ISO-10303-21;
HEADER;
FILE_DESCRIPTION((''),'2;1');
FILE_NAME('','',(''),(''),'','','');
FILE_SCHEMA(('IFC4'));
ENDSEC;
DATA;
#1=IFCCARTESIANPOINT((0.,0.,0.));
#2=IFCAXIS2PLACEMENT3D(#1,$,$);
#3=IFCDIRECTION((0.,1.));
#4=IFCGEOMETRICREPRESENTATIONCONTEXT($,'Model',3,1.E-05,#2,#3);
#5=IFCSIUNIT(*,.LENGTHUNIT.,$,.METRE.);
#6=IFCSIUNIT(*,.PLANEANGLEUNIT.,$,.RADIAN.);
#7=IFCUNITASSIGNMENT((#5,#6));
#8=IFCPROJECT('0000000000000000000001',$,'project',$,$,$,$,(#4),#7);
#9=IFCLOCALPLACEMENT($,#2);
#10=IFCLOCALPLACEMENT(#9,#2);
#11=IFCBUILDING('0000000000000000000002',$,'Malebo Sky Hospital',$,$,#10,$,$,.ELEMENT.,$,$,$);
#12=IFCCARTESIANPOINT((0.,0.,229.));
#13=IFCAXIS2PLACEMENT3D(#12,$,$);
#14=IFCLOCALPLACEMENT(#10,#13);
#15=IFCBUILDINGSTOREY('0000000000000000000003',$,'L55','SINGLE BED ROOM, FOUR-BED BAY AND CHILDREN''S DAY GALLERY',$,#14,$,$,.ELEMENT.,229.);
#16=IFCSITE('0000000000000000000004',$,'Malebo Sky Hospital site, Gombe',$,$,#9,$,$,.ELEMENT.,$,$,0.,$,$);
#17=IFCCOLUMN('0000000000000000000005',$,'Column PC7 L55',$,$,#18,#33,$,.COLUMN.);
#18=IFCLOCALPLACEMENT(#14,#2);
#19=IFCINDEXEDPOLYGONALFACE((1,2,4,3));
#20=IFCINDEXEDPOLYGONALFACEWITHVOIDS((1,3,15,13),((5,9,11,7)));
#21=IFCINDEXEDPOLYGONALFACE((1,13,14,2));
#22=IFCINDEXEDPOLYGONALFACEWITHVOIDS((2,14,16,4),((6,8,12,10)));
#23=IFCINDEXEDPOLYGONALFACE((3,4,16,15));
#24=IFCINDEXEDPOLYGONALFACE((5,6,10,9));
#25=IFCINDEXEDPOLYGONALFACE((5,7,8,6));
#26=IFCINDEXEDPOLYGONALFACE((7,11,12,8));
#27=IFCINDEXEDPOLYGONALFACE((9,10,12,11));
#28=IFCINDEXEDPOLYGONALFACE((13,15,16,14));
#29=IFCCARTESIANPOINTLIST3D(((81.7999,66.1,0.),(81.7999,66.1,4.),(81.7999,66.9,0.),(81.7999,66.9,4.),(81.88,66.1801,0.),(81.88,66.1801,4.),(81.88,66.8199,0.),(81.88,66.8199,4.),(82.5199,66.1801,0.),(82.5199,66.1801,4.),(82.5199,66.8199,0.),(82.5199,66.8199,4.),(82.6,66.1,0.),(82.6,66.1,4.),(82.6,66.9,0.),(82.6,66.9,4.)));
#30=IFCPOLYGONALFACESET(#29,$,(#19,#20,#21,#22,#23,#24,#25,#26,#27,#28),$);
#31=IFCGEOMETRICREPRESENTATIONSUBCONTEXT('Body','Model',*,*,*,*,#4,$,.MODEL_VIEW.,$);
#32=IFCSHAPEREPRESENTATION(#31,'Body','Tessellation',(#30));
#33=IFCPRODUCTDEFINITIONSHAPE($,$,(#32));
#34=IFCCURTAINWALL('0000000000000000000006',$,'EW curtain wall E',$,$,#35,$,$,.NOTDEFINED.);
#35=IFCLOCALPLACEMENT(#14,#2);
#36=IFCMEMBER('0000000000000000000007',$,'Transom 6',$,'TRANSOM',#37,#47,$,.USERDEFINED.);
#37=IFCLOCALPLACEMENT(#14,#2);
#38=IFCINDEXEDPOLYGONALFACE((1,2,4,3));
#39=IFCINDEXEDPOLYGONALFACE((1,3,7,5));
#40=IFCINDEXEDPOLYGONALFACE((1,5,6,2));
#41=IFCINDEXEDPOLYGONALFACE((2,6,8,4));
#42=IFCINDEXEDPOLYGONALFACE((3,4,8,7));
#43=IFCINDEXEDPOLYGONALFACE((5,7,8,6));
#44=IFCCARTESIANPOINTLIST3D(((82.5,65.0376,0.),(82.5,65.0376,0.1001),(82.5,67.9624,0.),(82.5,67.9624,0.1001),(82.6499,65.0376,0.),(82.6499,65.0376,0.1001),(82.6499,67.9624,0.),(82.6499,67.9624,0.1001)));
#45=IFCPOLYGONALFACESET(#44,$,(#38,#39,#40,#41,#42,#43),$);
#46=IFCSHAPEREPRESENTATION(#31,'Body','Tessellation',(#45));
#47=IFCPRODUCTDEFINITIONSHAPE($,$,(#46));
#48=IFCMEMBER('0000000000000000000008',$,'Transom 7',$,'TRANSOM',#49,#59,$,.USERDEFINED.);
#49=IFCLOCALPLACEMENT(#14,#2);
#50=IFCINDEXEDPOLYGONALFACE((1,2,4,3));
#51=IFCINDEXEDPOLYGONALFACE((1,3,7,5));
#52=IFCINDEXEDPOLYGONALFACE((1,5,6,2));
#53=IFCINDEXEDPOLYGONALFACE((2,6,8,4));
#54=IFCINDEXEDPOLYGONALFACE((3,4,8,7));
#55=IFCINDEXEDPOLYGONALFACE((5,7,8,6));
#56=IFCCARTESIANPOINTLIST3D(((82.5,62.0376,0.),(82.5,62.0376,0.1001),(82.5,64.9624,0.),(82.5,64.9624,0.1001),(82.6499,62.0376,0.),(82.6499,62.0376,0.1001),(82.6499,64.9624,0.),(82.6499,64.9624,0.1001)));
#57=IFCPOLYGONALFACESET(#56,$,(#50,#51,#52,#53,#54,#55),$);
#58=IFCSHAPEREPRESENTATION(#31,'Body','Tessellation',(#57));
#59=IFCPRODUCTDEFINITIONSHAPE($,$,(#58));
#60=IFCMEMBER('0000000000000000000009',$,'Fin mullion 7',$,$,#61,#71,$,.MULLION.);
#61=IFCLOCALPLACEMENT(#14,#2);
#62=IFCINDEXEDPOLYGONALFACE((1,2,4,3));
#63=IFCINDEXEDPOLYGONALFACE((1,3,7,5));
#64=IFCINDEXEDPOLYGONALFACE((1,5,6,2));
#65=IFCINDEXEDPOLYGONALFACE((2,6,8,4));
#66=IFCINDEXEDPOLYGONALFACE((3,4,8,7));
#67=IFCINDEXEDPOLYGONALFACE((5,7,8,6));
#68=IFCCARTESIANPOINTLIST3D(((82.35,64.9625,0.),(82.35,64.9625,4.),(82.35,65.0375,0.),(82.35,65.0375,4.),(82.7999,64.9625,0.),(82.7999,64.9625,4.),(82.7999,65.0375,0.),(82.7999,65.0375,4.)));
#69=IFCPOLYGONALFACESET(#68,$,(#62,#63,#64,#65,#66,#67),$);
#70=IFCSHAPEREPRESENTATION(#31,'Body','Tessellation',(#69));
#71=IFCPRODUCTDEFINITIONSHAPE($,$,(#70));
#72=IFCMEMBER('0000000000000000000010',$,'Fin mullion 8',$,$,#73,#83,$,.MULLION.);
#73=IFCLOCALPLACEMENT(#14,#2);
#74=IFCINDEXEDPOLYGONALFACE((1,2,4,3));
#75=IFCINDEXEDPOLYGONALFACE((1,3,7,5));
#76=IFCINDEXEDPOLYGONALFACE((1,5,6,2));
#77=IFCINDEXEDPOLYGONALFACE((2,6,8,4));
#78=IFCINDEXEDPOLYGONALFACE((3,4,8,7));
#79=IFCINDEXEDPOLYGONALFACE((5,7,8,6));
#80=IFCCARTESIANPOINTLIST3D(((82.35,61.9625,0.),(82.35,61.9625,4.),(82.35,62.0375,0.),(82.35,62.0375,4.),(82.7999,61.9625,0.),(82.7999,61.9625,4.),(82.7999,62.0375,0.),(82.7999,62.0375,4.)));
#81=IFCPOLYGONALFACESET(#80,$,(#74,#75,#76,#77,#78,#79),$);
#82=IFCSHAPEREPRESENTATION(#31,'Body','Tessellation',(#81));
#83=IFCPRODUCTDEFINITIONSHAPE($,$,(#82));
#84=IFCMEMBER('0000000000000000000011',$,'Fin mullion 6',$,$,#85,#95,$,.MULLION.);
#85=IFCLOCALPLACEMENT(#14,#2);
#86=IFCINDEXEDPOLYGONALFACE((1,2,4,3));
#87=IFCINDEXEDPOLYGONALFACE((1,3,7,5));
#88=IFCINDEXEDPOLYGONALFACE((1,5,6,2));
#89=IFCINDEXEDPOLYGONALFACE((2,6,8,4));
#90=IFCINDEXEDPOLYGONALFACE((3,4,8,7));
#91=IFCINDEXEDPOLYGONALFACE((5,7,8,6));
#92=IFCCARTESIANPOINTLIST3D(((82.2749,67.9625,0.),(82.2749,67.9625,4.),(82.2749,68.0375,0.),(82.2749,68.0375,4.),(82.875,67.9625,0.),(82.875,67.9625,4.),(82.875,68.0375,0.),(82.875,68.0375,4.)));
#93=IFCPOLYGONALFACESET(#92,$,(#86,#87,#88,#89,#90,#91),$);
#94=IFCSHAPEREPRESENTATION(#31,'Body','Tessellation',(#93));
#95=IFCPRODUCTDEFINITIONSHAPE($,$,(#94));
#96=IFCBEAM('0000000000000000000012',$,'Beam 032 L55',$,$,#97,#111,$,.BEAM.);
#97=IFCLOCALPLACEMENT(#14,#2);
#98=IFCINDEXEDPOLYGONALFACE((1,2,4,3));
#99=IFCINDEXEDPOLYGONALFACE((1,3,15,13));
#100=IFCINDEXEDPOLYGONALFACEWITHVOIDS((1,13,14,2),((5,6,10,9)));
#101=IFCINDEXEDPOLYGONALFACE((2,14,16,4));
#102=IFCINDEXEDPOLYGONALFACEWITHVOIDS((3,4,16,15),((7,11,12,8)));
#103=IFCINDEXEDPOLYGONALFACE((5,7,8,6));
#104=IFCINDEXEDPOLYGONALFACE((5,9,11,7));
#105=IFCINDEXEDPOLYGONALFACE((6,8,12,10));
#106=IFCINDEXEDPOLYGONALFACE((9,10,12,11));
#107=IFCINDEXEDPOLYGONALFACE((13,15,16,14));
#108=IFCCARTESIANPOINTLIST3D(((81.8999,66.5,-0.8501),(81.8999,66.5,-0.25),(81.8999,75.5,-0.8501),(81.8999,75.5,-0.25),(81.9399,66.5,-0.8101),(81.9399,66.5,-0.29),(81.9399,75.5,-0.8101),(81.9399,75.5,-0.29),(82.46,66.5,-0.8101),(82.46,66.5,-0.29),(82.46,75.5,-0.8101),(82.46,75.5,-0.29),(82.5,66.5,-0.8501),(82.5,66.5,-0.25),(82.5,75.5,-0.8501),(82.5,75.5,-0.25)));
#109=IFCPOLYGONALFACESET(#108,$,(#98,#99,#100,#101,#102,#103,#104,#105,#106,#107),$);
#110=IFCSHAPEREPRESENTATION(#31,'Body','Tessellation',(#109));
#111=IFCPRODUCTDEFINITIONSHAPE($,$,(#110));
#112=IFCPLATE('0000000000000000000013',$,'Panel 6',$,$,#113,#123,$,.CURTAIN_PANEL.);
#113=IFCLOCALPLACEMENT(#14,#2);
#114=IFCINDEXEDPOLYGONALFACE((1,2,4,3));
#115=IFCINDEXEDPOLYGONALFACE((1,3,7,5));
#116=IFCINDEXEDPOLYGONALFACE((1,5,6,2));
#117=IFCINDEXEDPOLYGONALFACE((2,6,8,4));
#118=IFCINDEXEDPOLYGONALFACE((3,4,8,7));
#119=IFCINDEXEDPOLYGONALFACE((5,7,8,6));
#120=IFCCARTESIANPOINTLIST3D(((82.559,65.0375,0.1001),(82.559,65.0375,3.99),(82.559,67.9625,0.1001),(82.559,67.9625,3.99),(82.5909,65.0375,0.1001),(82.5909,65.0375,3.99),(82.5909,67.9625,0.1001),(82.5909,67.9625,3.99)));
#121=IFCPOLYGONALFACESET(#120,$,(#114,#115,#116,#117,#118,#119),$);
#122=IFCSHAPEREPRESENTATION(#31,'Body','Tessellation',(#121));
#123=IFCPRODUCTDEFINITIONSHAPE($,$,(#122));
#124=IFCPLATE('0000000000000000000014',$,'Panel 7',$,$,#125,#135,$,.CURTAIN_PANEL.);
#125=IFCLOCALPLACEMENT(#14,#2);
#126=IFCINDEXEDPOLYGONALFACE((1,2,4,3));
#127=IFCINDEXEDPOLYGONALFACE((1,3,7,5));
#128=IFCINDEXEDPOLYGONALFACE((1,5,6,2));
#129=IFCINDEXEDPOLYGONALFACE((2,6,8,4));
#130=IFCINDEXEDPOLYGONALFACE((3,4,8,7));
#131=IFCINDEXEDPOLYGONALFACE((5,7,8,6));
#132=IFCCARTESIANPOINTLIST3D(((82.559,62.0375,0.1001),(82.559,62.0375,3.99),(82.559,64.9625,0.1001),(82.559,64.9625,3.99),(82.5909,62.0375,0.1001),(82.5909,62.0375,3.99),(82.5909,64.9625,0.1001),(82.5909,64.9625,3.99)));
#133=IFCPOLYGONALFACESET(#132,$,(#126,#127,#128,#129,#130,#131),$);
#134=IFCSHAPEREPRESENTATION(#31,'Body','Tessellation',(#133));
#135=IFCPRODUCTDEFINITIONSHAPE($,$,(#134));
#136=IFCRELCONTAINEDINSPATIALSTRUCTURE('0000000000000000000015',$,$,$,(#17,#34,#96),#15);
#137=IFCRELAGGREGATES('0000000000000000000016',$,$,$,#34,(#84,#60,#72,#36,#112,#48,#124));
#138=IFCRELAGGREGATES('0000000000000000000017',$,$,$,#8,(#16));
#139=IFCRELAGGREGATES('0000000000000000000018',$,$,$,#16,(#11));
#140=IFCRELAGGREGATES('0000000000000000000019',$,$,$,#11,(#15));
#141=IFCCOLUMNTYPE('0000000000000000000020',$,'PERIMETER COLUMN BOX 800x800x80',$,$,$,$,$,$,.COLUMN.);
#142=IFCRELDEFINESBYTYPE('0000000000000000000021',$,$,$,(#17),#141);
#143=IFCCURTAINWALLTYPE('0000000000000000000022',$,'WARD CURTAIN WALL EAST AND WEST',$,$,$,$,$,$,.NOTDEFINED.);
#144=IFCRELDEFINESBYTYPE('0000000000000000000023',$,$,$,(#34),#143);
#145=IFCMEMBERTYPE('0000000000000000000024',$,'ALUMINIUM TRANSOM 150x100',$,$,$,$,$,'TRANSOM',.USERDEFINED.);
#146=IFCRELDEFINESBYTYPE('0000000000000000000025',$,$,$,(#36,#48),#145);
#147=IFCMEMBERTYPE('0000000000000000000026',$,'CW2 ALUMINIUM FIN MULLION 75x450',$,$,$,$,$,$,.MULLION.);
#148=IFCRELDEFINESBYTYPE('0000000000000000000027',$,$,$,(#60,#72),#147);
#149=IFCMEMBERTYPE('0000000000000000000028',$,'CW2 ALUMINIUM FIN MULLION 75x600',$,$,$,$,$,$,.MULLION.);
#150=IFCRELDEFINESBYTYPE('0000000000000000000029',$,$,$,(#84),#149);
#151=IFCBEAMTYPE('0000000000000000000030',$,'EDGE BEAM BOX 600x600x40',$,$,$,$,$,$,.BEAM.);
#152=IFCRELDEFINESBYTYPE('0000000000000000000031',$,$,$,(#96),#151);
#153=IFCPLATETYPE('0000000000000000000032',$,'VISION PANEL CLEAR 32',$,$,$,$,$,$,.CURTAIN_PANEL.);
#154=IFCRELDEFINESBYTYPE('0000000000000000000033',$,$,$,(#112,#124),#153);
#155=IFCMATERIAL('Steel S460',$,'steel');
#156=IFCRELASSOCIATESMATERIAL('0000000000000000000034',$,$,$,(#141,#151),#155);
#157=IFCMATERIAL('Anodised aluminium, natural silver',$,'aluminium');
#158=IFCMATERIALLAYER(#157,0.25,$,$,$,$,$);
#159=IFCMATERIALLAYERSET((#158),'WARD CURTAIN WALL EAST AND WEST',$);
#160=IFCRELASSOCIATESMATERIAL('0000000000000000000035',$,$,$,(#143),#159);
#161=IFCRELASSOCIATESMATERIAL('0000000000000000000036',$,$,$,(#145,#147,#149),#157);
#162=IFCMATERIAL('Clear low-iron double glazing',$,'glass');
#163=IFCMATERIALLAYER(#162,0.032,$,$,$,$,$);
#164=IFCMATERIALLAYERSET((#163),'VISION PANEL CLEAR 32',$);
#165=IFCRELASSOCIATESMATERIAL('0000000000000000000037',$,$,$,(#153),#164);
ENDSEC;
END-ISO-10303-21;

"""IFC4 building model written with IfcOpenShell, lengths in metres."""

from ifc_helpers import new_model, si_unit, direction, frame, origin, origin_2d, place, context, subcontext, project, spatial, rectangle, hollow_rectangle, extrude, material, layer, layer_set, material_profile, profile_set, type_object, element, aggregate, save


model = new_model("IFC4")

# Units and contexts
model_context = context("Model", 3, precision=1e-05, world=origin(), true_north=direction((0.0, 1.0)))
body_context = subcontext(model_context, "Body", "Model", "MODEL_VIEW")
ifc_project = project(units=[si_unit("LENGTHUNIT", "METRE"), si_unit("PLANEANGLEUNIT", "RADIAN")], contexts=[model_context])

# Site, building, storey
site_placement = place(None, origin())
site = spatial("IfcSite", under=ifc_project, at=site_placement, Name="Malebo Sky Hospital site, Gombe", CompositionType="ELEMENT", RefElevation=0.0)
building_placement = place(site_placement, origin())
building = spatial("IfcBuilding", under=site, at=building_placement, Name="Malebo Sky Hospital", CompositionType="ELEMENT")
storey_placement = place(building_placement, frame((0.0, 0.0, 229.0)))
storey = spatial("IfcBuildingStorey", under=building, at=storey_placement, Name="L55", Description="SINGLE BED ROOM, FOUR-BED BAY AND CHILDREN'S DAY GALLERY", CompositionType="ELEMENT", Elevation=229.0)

# Column
ifc_material_1 = material(Name="Steel S460", Category="steel")
ifc_material_profile_1 = material_profile(ifc_material_1, hollow_rectangle(XDim=0.8, YDim=0.8, WallThickness=0.0801, at=origin_2d()), Name="BOX 800x800x80")
ifc_profile_set_1 = profile_set([ifc_material_profile_1], Name="Steel S460")
column_type = type_object("IfcColumnType", Name="PERIMETER COLUMN BOX 800x800x80", PredefinedType="COLUMN", material=ifc_profile_set_1)
column_placement = place(storey_placement, frame((82.2, 66.5, 0.0), z_axis=(0.0, 0.0, 1.0), x_axis=(1.0, 0.0, 0.0)))
element("IfcColumn", 1, at=column_placement, inside=storey, type_object=column_type, Name="Column PC7 L55", PredefinedType="COLUMN", context=body_context, shape_type="SweptSolid", body=[
    extrude(hollow_rectangle(XDim=0.8, YDim=0.8, WallThickness=0.0801, at=origin_2d()), origin(), (0.0, 0.0, 1.0), 4.0),
])

# Curtain wall, members
ifc_material_2 = material(Name="Anodised aluminium, natural silver", Category="aluminium")
ifc_layer_1 = layer(ifc_material_2, 0.25)
ifc_layer_set_1 = layer_set([ifc_layer_1], Name="WARD CURTAIN WALL EAST AND WEST")
curtain_wall_type = type_object("IfcCurtainWallType", Name="WARD CURTAIN WALL EAST AND WEST", PredefinedType="NOTDEFINED", material=ifc_layer_set_1)
curtain_wall_placement = place(storey_placement, origin())
curtain_wall = element("IfcCurtainWall", 2, at=curtain_wall_placement, inside=storey, type_object=curtain_wall_type, Name="EW curtain wall E", PredefinedType="NOTDEFINED")
ifc_material_profile_2 = material_profile(ifc_material_2, rectangle(XDim=0.1499, YDim=0.1001, at=origin_2d()), Name="ALUMINIUM TRANSOM 150x100")
ifc_profile_set_2 = profile_set([ifc_material_profile_2], Name="Anodised aluminium, natural silver")
member_type_1 = type_object("IfcMemberType", Name="ALUMINIUM TRANSOM 150x100", ElementType="TRANSOM", PredefinedType="USERDEFINED", material=ifc_profile_set_2)
member_1_placement = place(storey_placement, frame((82.575, 67.9624, 0.05), z_axis=(0.0, -1.0, 0.0), x_axis=(1.0, 0.0, 0.0)))
member_1 = element("IfcMember", 3, at=member_1_placement, type_object=member_type_1, Name="Transom 6", ObjectType="TRANSOM", PredefinedType="USERDEFINED", context=body_context, shape_type="SweptSolid", body=[
    extrude(rectangle(XDim=0.1499, YDim=0.1001, at=origin_2d()), origin(), (0.0, 0.0, 1.0), 2.9248),
])
member_2_placement = place(storey_placement, frame((82.575, 64.9624, 0.05), z_axis=(0.0, -1.0, 0.0), x_axis=(1.0, 0.0, 0.0)))
member_2 = element("IfcMember", 4, at=member_2_placement, type_object=member_type_1, Name="Transom 7", ObjectType="TRANSOM", PredefinedType="USERDEFINED", context=body_context, shape_type="SweptSolid", body=[
    extrude(rectangle(XDim=0.1499, YDim=0.1001, at=origin_2d()), origin(), (0.0, 0.0, 1.0), 2.9248),
])
ifc_material_profile_3 = material_profile(ifc_material_2, rectangle(XDim=0.075, YDim=0.45, at=origin_2d()), Name="CW2 ALUMINIUM FIN MULLION 75x450")
ifc_profile_set_3 = profile_set([ifc_material_profile_3], Name="Anodised aluminium, natural silver")
member_type_2 = type_object("IfcMemberType", Name="CW2 ALUMINIUM FIN MULLION 75x450", PredefinedType="MULLION", material=ifc_profile_set_3)
member_3_placement = place(storey_placement, frame((82.575, 65.0, 0.0), z_axis=(0.0, 0.0, 1.0), x_axis=(0.0, -1.0, 0.0)))
member_3 = element("IfcMember", 5, at=member_3_placement, type_object=member_type_2, Name="Fin mullion 7", PredefinedType="MULLION", context=body_context, shape_type="SweptSolid", body=[
    extrude(rectangle(XDim=0.075, YDim=0.45, at=origin_2d()), origin(), (0.0, 0.0, 1.0), 4.0),
])
member_4_placement = place(storey_placement, frame((82.575, 62.0, 0.0), z_axis=(0.0, 0.0, 1.0), x_axis=(0.0, -1.0, 0.0)))
member_4 = element("IfcMember", 6, at=member_4_placement, type_object=member_type_2, Name="Fin mullion 8", PredefinedType="MULLION", context=body_context, shape_type="SweptSolid", body=[
    extrude(rectangle(XDim=0.075, YDim=0.45, at=origin_2d()), origin(), (0.0, 0.0, 1.0), 4.0),
])
ifc_material_profile_4 = material_profile(ifc_material_2, rectangle(XDim=0.075, YDim=0.6001, at=origin_2d()), Name="CW2 ALUMINIUM FIN MULLION 75x600")
ifc_profile_set_4 = profile_set([ifc_material_profile_4], Name="Anodised aluminium, natural silver")
member_type_3 = type_object("IfcMemberType", Name="CW2 ALUMINIUM FIN MULLION 75x600", PredefinedType="MULLION", material=ifc_profile_set_4)
member_5_placement = place(storey_placement, frame((82.575, 68.0, 0.0), z_axis=(0.0, 0.0, 1.0), x_axis=(0.0, -1.0, 0.0)))
member_5 = element("IfcMember", 7, at=member_5_placement, type_object=member_type_3, Name="Fin mullion 6", PredefinedType="MULLION", context=body_context, shape_type="SweptSolid", body=[
    extrude(rectangle(XDim=0.075, YDim=0.6001, at=origin_2d()), origin(), (0.0, 0.0, 1.0), 4.0),
])

# Beam
ifc_material_profile_5 = material_profile(ifc_material_1, hollow_rectangle(XDim=0.6001, YDim=0.6001, WallThickness=0.04, at=origin_2d()), Name="BOX 600x600x40")
ifc_profile_set_5 = profile_set([ifc_material_profile_5], Name="Steel S460")
beam_type = type_object("IfcBeamType", Name="EDGE BEAM BOX 600x600x40", PredefinedType="BEAM", material=ifc_profile_set_5)
beam_placement = place(storey_placement, frame((82.2, 66.5, -0.55), z_axis=(0.0, 1.0, 0.0), x_axis=(-1.0, 0.0, 0.0)))
element("IfcBeam", 8, at=beam_placement, inside=storey, type_object=beam_type, Name="Beam 032 L55", PredefinedType="BEAM", context=body_context, shape_type="SweptSolid", body=[
    extrude(hollow_rectangle(XDim=0.6001, YDim=0.6001, WallThickness=0.04, at=origin_2d()), origin(), (0.0, 0.0, 1.0), 9.0),
])

# Plates
ifc_material_3 = material(Name="Clear low-iron double glazing", Category="glass")
ifc_layer_2 = layer(ifc_material_3, 0.032)
ifc_layer_set_2 = layer_set([ifc_layer_2], Name="VISION PANEL CLEAR 32")
plate_type = type_object("IfcPlateType", Name="VISION PANEL CLEAR 32", PredefinedType="CURTAIN_PANEL", material=ifc_layer_set_2)
plate_1_placement = place(storey_placement, frame((82.575, 66.5, 0.1001), z_axis=(0.0, 0.0, 1.0), x_axis=(0.0, -1.0, 0.0)))
plate_1 = element("IfcPlate", 9, at=plate_1_placement, type_object=plate_type, Name="Panel 6", PredefinedType="CURTAIN_PANEL", context=body_context, shape_type="SweptSolid", body=[
    extrude(rectangle(XDim=2.925, YDim=0.032, at=origin_2d()), origin(), (0.0, 0.0, 1.0), 3.8899),
])
plate_2_placement = place(storey_placement, frame((82.575, 63.5, 0.1001), z_axis=(0.0, 0.0, 1.0), x_axis=(0.0, -1.0, 0.0)))
plate_2 = element("IfcPlate", 10, at=plate_2_placement, type_object=plate_type, Name="Panel 7", PredefinedType="CURTAIN_PANEL", context=body_context, shape_type="SweptSolid", body=[
    extrude(rectangle(XDim=2.925, YDim=0.032, at=origin_2d()), origin(), (0.0, 0.0, 1.0), 3.8899),
])
aggregate(curtain_wall, [member_5, member_3, member_4, member_1, plate_1, member_2, plate_2])

save(model, "model.ifc")
